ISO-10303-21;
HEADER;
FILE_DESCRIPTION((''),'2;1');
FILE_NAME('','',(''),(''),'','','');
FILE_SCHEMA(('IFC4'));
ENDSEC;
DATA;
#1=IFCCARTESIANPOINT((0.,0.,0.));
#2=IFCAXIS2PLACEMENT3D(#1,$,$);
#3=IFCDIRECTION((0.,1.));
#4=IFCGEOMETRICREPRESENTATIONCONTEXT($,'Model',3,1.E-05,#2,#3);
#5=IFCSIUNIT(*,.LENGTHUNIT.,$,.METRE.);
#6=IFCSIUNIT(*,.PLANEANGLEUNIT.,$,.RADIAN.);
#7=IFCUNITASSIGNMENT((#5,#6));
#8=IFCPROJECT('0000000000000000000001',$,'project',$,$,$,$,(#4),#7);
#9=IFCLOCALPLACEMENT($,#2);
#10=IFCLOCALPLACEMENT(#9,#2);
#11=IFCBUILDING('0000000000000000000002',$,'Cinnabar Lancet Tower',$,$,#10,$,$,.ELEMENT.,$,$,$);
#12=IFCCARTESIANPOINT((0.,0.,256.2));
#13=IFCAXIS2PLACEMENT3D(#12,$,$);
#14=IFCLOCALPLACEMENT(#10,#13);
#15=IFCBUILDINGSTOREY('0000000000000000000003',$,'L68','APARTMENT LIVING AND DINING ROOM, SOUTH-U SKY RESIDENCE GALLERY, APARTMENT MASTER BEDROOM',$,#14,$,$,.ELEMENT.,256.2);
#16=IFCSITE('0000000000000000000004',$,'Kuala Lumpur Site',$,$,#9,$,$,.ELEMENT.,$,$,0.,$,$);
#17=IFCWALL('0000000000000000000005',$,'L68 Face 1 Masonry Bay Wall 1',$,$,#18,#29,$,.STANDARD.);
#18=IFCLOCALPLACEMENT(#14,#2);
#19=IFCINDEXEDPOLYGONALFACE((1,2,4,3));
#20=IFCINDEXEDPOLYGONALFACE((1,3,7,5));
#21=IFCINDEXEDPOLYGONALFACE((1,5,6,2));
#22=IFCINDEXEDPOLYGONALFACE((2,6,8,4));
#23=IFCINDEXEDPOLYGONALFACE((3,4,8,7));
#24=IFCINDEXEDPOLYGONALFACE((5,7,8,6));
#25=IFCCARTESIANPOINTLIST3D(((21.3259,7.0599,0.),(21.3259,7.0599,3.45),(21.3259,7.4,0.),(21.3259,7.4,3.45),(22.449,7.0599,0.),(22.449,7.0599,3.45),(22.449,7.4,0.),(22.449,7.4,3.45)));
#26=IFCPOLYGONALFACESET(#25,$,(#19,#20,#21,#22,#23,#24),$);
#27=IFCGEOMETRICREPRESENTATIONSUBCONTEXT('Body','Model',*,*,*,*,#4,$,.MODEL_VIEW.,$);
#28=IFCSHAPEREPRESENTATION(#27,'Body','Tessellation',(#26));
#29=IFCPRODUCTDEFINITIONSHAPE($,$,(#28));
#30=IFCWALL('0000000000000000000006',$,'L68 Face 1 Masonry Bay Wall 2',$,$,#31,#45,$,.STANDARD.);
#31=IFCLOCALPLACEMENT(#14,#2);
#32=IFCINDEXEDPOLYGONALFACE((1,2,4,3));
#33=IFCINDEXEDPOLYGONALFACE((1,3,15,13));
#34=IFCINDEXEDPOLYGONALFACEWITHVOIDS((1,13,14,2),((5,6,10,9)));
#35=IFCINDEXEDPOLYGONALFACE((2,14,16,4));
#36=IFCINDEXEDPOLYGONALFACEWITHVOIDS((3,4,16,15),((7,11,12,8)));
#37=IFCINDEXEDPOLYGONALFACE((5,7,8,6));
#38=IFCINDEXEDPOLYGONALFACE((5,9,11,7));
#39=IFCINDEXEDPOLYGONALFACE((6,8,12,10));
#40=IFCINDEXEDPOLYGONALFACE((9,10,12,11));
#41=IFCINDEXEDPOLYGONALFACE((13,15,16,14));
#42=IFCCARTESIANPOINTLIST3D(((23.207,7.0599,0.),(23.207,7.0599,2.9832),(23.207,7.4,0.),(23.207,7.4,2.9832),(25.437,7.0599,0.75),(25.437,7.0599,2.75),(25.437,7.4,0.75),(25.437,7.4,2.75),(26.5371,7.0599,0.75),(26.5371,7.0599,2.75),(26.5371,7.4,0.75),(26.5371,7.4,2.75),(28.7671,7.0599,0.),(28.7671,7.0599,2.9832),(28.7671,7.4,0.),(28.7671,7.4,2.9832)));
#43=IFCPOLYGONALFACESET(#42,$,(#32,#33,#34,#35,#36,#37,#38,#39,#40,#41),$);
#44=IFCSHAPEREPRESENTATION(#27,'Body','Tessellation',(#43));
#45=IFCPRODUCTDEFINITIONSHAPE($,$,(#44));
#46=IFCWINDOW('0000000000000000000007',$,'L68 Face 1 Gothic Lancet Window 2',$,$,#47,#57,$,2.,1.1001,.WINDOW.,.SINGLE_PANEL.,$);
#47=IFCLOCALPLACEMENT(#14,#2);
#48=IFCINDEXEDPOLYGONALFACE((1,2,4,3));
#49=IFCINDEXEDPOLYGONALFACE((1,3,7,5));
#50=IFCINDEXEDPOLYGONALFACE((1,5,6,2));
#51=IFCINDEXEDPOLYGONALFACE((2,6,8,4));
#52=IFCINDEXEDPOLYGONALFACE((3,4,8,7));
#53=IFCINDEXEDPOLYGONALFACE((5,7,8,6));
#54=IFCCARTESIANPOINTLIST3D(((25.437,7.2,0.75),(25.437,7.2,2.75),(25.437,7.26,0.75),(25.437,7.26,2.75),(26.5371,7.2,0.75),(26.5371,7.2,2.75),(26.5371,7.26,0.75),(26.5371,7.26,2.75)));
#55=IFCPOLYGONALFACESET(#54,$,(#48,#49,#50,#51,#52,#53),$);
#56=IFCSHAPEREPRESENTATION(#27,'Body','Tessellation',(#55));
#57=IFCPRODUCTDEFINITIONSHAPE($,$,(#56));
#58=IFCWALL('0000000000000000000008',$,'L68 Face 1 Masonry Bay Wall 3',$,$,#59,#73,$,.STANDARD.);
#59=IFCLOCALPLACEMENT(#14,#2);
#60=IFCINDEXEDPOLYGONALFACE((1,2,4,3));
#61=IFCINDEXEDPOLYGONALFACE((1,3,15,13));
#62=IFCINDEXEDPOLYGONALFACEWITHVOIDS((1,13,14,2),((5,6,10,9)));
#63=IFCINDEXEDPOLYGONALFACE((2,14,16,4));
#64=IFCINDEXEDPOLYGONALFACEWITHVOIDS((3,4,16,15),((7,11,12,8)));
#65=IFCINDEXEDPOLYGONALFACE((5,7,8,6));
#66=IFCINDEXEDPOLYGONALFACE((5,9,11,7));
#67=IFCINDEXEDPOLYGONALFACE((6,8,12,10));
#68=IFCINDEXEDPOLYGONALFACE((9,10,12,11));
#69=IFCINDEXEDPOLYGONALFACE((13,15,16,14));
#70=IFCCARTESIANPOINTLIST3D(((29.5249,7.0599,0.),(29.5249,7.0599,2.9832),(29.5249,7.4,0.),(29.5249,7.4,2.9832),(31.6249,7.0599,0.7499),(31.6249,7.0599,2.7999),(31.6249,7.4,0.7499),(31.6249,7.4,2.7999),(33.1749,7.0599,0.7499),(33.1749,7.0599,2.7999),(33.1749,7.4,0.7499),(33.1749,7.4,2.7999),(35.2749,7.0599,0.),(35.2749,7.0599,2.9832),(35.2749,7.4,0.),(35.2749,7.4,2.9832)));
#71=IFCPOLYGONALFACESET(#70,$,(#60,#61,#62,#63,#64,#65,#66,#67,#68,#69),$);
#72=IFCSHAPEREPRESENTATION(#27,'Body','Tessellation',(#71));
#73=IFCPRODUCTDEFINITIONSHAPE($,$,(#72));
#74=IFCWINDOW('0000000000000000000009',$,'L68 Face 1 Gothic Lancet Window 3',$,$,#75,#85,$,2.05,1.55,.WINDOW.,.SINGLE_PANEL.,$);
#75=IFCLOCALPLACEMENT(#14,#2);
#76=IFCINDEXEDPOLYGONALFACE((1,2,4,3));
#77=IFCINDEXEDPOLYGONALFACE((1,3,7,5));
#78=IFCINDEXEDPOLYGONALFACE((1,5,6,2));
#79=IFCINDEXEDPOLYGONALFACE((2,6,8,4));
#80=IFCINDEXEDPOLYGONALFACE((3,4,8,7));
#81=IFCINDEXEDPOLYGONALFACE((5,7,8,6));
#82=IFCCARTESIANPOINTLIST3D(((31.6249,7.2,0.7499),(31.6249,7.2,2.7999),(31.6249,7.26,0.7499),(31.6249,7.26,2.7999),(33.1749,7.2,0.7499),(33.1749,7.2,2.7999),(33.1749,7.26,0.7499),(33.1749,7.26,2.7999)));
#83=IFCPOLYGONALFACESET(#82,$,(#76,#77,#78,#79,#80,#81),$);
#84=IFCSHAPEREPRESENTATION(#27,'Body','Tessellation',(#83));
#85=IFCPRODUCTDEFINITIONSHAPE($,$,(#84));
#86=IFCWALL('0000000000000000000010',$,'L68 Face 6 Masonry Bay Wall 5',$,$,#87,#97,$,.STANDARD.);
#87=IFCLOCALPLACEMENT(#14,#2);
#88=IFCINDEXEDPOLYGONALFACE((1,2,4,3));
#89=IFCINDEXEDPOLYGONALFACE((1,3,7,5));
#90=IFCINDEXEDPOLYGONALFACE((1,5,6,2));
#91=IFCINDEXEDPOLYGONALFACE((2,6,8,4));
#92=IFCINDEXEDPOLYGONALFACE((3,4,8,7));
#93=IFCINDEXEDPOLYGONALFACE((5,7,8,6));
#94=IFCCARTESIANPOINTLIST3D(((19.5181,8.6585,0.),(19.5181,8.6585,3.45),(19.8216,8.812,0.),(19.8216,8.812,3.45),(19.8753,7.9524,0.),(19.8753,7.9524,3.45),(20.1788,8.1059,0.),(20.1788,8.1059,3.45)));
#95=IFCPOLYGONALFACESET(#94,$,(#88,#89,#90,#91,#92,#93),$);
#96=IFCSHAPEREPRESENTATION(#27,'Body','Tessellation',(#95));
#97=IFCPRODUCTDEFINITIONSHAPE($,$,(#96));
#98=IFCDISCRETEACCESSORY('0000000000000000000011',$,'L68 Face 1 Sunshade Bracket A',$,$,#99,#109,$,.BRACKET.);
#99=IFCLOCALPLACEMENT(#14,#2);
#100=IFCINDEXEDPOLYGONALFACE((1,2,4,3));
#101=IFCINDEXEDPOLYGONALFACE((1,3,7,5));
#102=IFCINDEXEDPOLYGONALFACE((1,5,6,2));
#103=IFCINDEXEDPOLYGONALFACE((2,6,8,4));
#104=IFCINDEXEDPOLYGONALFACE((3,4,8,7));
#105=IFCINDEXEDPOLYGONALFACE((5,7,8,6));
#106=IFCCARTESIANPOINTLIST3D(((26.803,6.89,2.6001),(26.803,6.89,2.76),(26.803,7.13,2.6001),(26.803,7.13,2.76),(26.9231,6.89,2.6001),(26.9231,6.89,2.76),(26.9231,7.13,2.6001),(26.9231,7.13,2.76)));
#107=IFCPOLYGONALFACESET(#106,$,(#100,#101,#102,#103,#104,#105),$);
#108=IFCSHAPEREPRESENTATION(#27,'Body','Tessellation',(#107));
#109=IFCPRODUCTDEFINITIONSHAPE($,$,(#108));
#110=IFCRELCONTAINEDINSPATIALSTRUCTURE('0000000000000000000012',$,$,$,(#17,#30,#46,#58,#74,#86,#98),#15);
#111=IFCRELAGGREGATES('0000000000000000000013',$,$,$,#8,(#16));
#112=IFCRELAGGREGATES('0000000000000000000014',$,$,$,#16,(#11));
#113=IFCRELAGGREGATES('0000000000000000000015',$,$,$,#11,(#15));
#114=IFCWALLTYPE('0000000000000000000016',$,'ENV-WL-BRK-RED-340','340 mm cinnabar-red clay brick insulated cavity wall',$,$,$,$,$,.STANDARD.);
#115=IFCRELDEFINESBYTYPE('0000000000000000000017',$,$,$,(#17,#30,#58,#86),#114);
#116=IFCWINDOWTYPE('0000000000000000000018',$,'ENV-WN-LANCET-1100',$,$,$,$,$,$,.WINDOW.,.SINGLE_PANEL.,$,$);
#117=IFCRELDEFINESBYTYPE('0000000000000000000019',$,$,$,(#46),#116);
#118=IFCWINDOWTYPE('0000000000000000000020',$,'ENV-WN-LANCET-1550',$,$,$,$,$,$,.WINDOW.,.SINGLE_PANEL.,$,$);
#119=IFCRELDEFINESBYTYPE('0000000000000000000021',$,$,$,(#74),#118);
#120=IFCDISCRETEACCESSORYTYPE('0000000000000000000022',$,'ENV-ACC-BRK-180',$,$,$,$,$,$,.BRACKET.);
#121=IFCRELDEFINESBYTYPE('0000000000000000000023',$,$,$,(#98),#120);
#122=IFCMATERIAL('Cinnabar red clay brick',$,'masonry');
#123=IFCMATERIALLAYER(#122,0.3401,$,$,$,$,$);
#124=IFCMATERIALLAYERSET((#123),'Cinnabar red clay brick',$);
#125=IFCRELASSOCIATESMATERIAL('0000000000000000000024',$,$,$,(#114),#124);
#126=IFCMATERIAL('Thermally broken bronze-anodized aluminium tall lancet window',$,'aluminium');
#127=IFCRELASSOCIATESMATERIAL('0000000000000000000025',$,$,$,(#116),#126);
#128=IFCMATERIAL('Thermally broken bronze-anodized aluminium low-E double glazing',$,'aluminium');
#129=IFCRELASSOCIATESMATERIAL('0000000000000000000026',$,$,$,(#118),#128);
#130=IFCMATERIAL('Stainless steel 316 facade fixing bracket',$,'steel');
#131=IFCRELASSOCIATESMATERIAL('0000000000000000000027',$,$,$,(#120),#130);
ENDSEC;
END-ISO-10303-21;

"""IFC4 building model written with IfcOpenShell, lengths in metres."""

from ifc_helpers import new_model, si_unit, direction, frame, frame_2d, origin, origin_2d, place, context, subcontext, project, spatial, rectangle, extrude, material, layer, layer_set, type_object, element, fill, save


model = new_model("IFC4")

# Units and contexts
model_context = context("Model", 3, precision=1e-05, world=origin(), true_north=direction((0.0, 1.0)))
body_context = subcontext(model_context, "Body", "Model", "MODEL_VIEW")
ifc_project = project(units=[si_unit("LENGTHUNIT", "METRE"), si_unit("PLANEANGLEUNIT", "RADIAN")], contexts=[model_context])

# Site, building, storey
site_placement = place(None, origin())
site = spatial("IfcSite", under=ifc_project, at=site_placement, Name="Kuala Lumpur Site", CompositionType="ELEMENT", RefElevation=0.0)
building_placement = place(site_placement, origin())
building = spatial("IfcBuilding", under=site, at=building_placement, Name="Cinnabar Lancet Tower", CompositionType="ELEMENT")
storey_placement = place(building_placement, frame((0.0, 0.0, 256.2)))
storey = spatial("IfcBuildingStorey", under=building, at=storey_placement, Name="L68", Description="APARTMENT LIVING AND DINING ROOM, SOUTH-U SKY RESIDENCE GALLERY, APARTMENT MASTER BEDROOM", CompositionType="ELEMENT", Elevation=256.2)

# Wall
ifc_material_1 = material(Name="Cinnabar red clay brick", Category="masonry")
ifc_layer_1 = layer(ifc_material_1, 0.3401)
ifc_layer_set_1 = layer_set([ifc_layer_1], Name="Cinnabar red clay brick")
wall_type_1 = type_object("IfcWallType", Name="ENV-WL-BRK-RED-340", Description="340 mm cinnabar-red clay brick insulated cavity wall", PredefinedType="STANDARD", material=ifc_layer_set_1)
wall_1_placement = place(storey_placement, frame((21.3259, 7.23, 0.0), z_axis=(0.0, 0.0, 1.0), x_axis=(1.0, 0.0, 0.0)))
element("IfcWall", 1, at=wall_1_placement, inside=storey, type_object=wall_type_1, Name="L68 Face 1 Masonry Bay Wall 1", PredefinedType="STANDARD", context=body_context, shape_type="SweptSolid", body=[
    extrude(rectangle(XDim=1.123, YDim=0.3401, at=frame_2d((0.5615, 0.0))), origin(), (0.0, 0.0, 1.0), 3.45),
])

# Walls, openings, windows
wall_2_placement = place(storey_placement, frame((23.207, 7.23, 0.0), z_axis=(0.0, 0.0, 1.0), x_axis=(1.0, 0.0, 0.0)))
wall_2 = element("IfcWall", 2, at=wall_2_placement, inside=storey, type_object=wall_type_1, Name="L68 Face 1 Masonry Bay Wall 2", PredefinedType="STANDARD", context=body_context, shape_type="SweptSolid", body=[
    extrude(rectangle(XDim=5.5601, YDim=0.3401, at=frame_2d((2.78, 0.0))), origin(), (0.0, 0.0, 1.0), 2.9832),
])
opening_1_placement = place(wall_2_placement, frame((2.23, 0.0, 0.75)))
opening_1 = element("IfcOpeningElement", 3, at=opening_1_placement, cuts=wall_2, PredefinedType="OPENING", context=body_context, shape_type="SweptSolid", body=[
    extrude(rectangle(XDim=1.1001, YDim=2.0, at=frame_2d((0.55, 1.0))), frame((0.0, 0.1799, 0.0), z_axis=(0.0, -1.0, 0.0), x_axis=(1.0, 0.0, 0.0)), (0.0, 0.0, 1.0), 0.3601),
])
ifc_material_2 = material(Name="Thermally broken bronze-anodized aluminium tall lancet window", Category="aluminium")
window_type_1 = type_object("IfcWindowType", Name="ENV-WN-LANCET-1100", PartitioningType="SINGLE_PANEL", PredefinedType="WINDOW", material=ifc_material_2)
window_1_placement = place(opening_1_placement, origin())
window_1 = element("IfcWindow", 4, at=window_1_placement, inside=storey, type_object=window_type_1, Name="L68 Face 1 Gothic Lancet Window 2", OverallHeight=2.0, OverallWidth=1.1001, PartitioningType="SINGLE_PANEL", PredefinedType="WINDOW", context=body_context, shape_type="SweptSolid", body=[
    extrude(rectangle(XDim=1.1001, YDim=2.0, at=frame_2d((0.55, 1.0))), frame((0.0, 0.03, 0.0), z_axis=(0.0, -1.0, 0.0), x_axis=(1.0, 0.0, 0.0)), (0.0, 0.0, 1.0), 0.0601),
])
fill(opening_1, window_1)
wall_3_placement = place(storey_placement, frame((29.5249, 7.23, 0.0), z_axis=(0.0, 0.0, 1.0), x_axis=(1.0, 0.0, 0.0)))
wall_3 = element("IfcWall", 5, at=wall_3_placement, inside=storey, type_object=wall_type_1, Name="L68 Face 1 Masonry Bay Wall 3", PredefinedType="STANDARD", context=body_context, shape_type="SweptSolid", body=[
    extrude(rectangle(XDim=5.75, YDim=0.3401, at=frame_2d((2.875, 0.0))), origin(), (0.0, 0.0, 1.0), 2.9832),
])
opening_2_placement = place(wall_3_placement, frame((2.1001, 0.0, 0.75)))
opening_2 = element("IfcOpeningElement", 6, at=opening_2_placement, cuts=wall_3, PredefinedType="OPENING", context=body_context, shape_type="SweptSolid", body=[
    extrude(rectangle(XDim=1.55, YDim=2.05, at=frame_2d((0.7749, 1.0249))), frame((0.0, 0.1799, 0.0), z_axis=(0.0, -1.0, 0.0), x_axis=(1.0, 0.0, 0.0)), (0.0, 0.0, 1.0), 0.3601),
])
ifc_material_3 = material(Name="Thermally broken bronze-anodized aluminium low-E double glazing", Category="aluminium")
window_type_2 = type_object("IfcWindowType", Name="ENV-WN-LANCET-1550", PartitioningType="SINGLE_PANEL", PredefinedType="WINDOW", material=ifc_material_3)
window_2_placement = place(opening_2_placement, origin())
window_2 = element("IfcWindow", 7, at=window_2_placement, inside=storey, type_object=window_type_2, Name="L68 Face 1 Gothic Lancet Window 3", OverallHeight=2.05, OverallWidth=1.55, PartitioningType="SINGLE_PANEL", PredefinedType="WINDOW", context=body_context, shape_type="SweptSolid", body=[
    extrude(rectangle(XDim=1.55, YDim=2.05, at=frame_2d((0.7749, 1.0249))), frame((0.0, 0.03, 0.0), z_axis=(0.0, -1.0, 0.0), x_axis=(1.0, 0.0, 0.0)), (0.0, 0.0, 1.0), 0.0601),
])
fill(opening_2, window_2)

# Wall
wall_4_placement = place(storey_placement, frame((19.6699, 8.7351, 0.0), z_axis=(0.0, 0.0, 1.0), x_axis=(0.451405, -0.892319, 0.0)))
element("IfcWall", 8, at=wall_4_placement, inside=storey, type_object=wall_type_1, Name="L68 Face 6 Masonry Bay Wall 5", PredefinedType="STANDARD", context=body_context, shape_type="SweptSolid", body=[
    extrude(rectangle(XDim=0.7913, YDim=0.3401, at=frame_2d((0.3955, 0.0))), origin(), (0.0, 0.0, 1.0), 3.45),
])

# Discrete accessory
ifc_material_4 = material(Name="Stainless steel 316 facade fixing bracket", Category="steel")
discrete_accessory_type = type_object("IfcDiscreteAccessoryType", Name="ENV-ACC-BRK-180", PredefinedType="BRACKET", material=ifc_material_4)
discrete_accessory_placement = place(storey_placement, frame((26.863, 7.01, 2.6001), z_axis=(0.0, 0.0, 1.0), x_axis=(1.0, 0.0, 0.0)))
element("IfcDiscreteAccessory", 9, at=discrete_accessory_placement, inside=storey, type_object=discrete_accessory_type, Name="L68 Face 1 Sunshade Bracket A", PredefinedType="BRACKET", context=body_context, shape_type="SweptSolid", body=[
    extrude(rectangle(XDim=0.1201, YDim=0.24, at=origin_2d()), origin(), (0.0, 0.0, 1.0), 0.1599),
])

save(model, "model.ifc")
